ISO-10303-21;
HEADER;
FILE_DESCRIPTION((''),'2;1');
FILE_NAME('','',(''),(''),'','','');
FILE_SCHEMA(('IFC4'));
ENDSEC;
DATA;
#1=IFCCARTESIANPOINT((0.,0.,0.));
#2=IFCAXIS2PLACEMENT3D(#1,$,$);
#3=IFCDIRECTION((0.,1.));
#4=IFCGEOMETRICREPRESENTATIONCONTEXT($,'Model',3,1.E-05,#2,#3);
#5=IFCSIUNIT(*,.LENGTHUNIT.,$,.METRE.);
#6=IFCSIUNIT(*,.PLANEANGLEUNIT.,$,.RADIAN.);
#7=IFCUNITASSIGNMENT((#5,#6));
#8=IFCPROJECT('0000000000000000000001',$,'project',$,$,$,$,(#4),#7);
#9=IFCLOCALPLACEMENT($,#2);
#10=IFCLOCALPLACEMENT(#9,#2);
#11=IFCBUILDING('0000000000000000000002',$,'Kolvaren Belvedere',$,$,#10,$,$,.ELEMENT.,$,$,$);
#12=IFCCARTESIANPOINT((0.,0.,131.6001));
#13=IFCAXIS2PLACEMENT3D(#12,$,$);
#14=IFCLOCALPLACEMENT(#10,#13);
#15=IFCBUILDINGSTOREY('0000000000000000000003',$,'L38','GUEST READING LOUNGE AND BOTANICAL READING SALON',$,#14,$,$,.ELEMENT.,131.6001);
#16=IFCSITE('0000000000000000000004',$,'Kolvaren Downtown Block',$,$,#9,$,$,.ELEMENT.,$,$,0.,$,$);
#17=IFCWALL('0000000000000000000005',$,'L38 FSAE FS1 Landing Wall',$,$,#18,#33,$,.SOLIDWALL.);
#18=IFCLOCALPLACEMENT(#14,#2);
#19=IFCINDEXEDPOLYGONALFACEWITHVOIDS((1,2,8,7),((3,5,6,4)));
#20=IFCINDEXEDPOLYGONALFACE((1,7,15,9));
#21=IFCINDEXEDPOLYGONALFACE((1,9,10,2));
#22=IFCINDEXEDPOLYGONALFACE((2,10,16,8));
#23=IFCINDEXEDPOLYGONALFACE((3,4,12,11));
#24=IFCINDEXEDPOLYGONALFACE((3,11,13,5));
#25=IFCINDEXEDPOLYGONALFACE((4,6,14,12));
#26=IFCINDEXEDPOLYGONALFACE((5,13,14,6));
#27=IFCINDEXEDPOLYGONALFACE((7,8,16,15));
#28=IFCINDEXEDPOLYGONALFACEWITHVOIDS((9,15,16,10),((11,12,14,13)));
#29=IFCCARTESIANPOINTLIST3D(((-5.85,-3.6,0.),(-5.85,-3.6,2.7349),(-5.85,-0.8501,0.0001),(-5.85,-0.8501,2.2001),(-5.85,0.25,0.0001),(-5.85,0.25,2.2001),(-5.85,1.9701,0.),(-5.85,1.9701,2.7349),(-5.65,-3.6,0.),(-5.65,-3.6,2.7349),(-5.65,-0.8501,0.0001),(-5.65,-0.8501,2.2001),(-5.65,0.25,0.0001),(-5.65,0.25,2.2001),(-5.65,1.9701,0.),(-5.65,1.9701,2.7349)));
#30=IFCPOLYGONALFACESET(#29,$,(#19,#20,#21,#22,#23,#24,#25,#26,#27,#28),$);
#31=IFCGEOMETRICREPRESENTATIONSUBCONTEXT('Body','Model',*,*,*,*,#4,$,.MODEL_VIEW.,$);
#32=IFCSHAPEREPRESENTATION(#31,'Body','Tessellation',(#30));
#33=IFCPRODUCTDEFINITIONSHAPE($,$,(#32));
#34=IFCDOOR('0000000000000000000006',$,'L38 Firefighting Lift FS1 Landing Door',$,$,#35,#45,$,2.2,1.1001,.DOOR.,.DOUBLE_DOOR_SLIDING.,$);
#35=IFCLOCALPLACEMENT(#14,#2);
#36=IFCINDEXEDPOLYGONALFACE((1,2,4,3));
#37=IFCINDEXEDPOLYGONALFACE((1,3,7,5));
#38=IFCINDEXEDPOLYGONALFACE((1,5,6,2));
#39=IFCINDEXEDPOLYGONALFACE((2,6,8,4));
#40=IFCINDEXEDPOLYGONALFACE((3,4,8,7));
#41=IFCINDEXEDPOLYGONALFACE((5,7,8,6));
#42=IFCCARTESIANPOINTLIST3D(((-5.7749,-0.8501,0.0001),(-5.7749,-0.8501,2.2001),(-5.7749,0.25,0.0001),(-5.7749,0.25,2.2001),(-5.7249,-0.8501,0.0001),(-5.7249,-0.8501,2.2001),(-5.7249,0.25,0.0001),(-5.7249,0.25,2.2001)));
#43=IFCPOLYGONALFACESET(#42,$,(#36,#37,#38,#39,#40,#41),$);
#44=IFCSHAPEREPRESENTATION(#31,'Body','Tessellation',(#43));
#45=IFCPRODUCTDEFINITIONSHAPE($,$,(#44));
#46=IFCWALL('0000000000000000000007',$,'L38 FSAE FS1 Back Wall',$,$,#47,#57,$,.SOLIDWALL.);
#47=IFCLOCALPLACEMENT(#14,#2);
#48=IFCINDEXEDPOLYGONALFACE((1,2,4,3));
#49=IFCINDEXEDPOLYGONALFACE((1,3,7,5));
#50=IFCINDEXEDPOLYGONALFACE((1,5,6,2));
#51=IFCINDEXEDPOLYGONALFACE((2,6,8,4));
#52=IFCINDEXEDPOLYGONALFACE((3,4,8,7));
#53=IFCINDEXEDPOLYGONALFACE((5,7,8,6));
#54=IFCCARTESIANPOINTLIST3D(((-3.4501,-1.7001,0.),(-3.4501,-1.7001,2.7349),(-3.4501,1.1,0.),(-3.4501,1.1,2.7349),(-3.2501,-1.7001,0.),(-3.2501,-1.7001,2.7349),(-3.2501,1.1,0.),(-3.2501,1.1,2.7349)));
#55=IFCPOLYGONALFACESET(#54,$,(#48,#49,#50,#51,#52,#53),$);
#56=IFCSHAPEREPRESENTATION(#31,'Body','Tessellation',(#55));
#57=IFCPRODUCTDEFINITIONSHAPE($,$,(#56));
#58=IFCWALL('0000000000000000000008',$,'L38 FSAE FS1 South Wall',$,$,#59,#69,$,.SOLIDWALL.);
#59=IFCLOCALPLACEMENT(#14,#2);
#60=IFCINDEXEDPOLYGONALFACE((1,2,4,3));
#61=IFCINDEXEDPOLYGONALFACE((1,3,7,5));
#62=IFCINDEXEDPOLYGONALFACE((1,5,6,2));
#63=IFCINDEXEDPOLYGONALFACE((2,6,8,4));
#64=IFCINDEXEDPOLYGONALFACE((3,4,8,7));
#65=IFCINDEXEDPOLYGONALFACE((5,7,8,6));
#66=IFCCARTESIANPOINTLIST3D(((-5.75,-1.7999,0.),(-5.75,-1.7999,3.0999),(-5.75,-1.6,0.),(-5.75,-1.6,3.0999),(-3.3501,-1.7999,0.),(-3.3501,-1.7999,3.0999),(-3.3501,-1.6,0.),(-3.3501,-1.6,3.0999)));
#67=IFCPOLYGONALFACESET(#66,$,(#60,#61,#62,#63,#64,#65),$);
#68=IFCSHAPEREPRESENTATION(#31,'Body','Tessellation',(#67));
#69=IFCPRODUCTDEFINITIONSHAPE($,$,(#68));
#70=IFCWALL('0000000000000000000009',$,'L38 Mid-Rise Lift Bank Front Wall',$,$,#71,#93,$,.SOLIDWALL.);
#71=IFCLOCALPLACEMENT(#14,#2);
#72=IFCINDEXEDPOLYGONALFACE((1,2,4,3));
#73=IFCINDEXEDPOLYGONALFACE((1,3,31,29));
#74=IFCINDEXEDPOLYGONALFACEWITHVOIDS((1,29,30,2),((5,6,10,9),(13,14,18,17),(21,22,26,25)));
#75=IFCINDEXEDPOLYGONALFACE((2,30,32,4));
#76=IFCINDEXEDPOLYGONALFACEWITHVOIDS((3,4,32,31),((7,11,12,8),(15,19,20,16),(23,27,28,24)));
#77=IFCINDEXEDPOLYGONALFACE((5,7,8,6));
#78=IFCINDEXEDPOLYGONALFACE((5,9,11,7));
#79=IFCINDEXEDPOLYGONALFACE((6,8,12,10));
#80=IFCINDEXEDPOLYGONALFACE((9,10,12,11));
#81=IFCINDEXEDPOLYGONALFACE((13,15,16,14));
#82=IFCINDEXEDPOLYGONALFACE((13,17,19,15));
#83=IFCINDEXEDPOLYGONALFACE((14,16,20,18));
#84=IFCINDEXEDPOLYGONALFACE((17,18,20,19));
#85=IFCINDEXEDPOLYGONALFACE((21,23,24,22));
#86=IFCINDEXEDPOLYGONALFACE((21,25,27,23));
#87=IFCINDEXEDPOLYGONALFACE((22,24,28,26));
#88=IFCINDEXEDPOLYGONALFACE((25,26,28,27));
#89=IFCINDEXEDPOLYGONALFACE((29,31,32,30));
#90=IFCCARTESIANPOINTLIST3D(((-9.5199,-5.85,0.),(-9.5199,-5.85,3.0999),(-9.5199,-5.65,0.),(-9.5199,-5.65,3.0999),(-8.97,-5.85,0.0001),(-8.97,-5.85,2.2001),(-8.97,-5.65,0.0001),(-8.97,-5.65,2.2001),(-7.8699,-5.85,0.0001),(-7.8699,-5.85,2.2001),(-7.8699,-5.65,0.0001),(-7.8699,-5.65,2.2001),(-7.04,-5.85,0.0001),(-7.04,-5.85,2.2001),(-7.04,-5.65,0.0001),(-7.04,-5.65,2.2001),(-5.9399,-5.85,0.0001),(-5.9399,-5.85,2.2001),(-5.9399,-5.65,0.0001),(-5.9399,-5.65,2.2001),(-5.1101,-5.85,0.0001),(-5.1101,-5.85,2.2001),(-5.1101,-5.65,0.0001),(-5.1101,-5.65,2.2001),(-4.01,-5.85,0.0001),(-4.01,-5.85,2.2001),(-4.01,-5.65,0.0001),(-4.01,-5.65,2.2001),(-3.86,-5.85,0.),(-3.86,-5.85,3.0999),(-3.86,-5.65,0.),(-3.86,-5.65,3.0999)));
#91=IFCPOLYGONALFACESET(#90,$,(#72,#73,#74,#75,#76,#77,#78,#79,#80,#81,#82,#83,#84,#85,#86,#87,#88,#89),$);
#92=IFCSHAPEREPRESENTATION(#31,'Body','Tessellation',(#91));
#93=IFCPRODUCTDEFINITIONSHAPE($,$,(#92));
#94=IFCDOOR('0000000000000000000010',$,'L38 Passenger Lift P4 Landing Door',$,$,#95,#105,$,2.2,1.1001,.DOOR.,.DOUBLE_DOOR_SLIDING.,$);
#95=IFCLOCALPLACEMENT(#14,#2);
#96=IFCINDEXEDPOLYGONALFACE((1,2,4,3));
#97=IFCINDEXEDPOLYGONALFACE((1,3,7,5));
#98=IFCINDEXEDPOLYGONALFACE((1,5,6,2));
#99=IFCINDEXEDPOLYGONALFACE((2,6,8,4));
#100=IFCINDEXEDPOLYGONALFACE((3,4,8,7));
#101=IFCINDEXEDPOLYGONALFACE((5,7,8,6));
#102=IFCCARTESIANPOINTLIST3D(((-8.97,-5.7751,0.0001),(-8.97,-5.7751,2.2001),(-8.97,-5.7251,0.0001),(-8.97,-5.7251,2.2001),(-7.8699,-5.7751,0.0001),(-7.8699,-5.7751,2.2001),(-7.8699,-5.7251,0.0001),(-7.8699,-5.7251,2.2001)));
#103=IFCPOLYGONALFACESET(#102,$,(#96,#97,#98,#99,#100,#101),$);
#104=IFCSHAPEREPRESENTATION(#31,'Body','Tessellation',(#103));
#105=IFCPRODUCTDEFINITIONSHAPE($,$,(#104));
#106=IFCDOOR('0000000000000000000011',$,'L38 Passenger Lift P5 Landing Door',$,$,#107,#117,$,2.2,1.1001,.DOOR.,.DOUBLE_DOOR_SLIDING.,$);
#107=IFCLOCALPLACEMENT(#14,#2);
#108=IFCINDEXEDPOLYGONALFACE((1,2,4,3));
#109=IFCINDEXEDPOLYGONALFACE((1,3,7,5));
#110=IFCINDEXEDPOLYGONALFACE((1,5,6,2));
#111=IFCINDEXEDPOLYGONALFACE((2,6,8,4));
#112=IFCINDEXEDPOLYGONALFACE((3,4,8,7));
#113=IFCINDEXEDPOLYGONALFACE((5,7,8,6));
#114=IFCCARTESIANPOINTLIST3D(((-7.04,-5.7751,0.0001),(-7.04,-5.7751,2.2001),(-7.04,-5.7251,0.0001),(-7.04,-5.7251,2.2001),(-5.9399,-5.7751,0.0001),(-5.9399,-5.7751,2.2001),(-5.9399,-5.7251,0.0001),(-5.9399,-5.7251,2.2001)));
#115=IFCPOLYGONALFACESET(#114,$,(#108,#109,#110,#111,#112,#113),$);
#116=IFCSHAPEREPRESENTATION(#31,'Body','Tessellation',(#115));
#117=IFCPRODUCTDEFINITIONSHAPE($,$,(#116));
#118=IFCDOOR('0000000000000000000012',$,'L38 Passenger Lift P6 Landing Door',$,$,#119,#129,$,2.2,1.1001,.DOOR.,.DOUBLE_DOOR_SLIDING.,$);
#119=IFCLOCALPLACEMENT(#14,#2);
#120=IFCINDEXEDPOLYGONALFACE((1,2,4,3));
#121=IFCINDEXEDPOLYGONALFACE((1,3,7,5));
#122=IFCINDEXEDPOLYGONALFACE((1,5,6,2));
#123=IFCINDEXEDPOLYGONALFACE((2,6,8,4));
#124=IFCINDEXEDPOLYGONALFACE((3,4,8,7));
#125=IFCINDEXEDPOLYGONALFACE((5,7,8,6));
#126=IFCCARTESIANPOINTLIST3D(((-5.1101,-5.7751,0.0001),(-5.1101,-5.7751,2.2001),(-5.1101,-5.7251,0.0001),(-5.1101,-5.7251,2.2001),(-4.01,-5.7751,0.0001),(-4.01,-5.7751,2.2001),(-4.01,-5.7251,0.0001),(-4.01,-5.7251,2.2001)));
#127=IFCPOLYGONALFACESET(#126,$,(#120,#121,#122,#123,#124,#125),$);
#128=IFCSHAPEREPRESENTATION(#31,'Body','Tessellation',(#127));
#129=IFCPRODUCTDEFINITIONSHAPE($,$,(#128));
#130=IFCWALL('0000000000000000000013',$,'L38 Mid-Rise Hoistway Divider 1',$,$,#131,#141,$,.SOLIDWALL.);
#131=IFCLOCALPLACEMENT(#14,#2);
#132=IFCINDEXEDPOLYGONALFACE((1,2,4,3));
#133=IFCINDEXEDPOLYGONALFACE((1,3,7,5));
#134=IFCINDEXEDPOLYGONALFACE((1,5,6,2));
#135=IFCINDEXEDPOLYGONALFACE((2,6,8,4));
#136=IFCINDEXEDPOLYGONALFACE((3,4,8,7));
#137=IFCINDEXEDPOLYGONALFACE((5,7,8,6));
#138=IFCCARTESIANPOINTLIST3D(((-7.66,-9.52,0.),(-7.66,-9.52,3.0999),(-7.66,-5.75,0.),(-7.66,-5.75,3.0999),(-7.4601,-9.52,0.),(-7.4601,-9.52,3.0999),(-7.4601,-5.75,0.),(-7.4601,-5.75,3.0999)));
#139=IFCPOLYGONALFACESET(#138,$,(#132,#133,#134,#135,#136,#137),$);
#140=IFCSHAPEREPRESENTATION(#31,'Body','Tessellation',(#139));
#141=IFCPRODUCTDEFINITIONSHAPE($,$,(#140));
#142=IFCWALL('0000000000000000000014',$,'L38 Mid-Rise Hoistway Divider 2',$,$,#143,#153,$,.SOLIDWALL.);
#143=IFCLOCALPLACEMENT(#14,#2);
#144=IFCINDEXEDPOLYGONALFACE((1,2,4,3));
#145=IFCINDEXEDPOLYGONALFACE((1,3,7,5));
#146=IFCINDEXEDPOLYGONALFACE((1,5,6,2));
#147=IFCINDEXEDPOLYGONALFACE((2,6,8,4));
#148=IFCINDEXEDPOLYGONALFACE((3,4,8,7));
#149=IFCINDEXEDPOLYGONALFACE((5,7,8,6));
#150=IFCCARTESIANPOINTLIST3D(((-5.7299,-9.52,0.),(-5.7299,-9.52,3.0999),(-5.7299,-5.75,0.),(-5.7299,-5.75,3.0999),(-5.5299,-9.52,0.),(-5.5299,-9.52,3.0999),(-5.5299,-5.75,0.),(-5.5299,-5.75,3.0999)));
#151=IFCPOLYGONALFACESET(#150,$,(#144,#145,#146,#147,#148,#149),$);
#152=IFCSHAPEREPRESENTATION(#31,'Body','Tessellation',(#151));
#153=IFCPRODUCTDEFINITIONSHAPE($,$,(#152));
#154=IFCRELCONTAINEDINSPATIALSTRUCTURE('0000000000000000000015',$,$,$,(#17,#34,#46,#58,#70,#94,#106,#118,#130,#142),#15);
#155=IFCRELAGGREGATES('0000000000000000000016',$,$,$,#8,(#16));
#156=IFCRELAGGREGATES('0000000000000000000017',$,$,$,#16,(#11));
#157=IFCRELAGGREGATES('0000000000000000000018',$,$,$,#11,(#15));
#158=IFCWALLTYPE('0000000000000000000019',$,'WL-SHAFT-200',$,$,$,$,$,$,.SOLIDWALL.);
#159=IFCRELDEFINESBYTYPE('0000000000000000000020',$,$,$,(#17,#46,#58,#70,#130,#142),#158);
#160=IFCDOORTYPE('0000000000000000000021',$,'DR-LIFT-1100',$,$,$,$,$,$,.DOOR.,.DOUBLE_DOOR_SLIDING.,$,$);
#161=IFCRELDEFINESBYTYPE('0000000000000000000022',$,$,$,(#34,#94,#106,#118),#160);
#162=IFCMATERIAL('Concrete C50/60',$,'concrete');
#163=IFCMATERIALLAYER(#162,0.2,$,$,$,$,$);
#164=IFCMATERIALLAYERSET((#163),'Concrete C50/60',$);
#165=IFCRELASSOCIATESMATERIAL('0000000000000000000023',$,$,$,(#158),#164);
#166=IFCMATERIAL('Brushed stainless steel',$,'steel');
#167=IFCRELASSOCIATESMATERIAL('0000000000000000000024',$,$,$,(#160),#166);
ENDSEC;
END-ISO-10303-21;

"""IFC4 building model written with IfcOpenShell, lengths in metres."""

from ifc_helpers import new_model, si_unit, direction, frame, frame_2d, origin, place, context, subcontext, project, spatial, rectangle, extrude, material, layer, layer_set, type_object, element, fill, save


model = new_model("IFC4")

# Units and contexts
model_context = context("Model", 3, precision=1e-05, world=origin(), true_north=direction((0.0, 1.0)))
body_context = subcontext(model_context, "Body", "Model", "MODEL_VIEW")
ifc_project = project(units=[si_unit("LENGTHUNIT", "METRE"), si_unit("PLANEANGLEUNIT", "RADIAN")], contexts=[model_context])

# Site, building, storey
site_placement = place(None, origin())
site = spatial("IfcSite", under=ifc_project, at=site_placement, Name="Kolvaren Downtown Block", CompositionType="ELEMENT", RefElevation=0.0)
building_placement = place(site_placement, origin())
building = spatial("IfcBuilding", under=site, at=building_placement, Name="Kolvaren Belvedere", CompositionType="ELEMENT")
storey_placement = place(building_placement, frame((0.0, 0.0, 131.6001)))
storey = spatial("IfcBuildingStorey", under=building, at=storey_placement, Name="L38", Description="GUEST READING LOUNGE AND BOTANICAL READING SALON", CompositionType="ELEMENT", Elevation=131.6001)

# Wall, opening, door
ifc_material_1 = material(Name="Concrete C50/60", Category="concrete")
ifc_layer_1 = layer(ifc_material_1, 0.2)
ifc_layer_set_1 = layer_set([ifc_layer_1], Name="Concrete C50/60")
wall_type_1 = type_object("IfcWallType", Name="WL-SHAFT-200", PredefinedType="SOLIDWALL", material=ifc_layer_set_1)
wall_1_placement = place(storey_placement, frame((-5.75, -3.6001, 0.0), z_axis=(0.0, 0.0, 1.0), x_axis=(0.0, 1.0, 0.0)))
wall_1 = element("IfcWall", 1, at=wall_1_placement, inside=storey, type_object=wall_type_1, Name="L38 FSAE FS1 Landing Wall", PredefinedType="SOLIDWALL", context=body_context, shape_type="SweptSolid", body=[
    extrude(rectangle(XDim=5.5701, YDim=0.2, at=frame_2d((2.7852, 0.0))), origin(), (0.0, 0.0, 1.0), 2.7349),
])
opening_1_placement = place(wall_1_placement, frame((2.75, 0.0, 0.0)))
opening_1 = element("IfcOpeningElement", 2, at=opening_1_placement, cuts=wall_1, PredefinedType="OPENING", context=body_context, shape_type="SweptSolid", body=[
    extrude(rectangle(XDim=1.1001, YDim=2.2, at=frame_2d((0.55, 1.1001))), frame((0.0, 0.1099, 0.0), z_axis=(0.0, -1.0, 0.0), x_axis=(1.0, 0.0, 0.0)), (0.0, 0.0, 1.0), 0.22),
])
ifc_material_2 = material(Name="Brushed stainless steel", Category="steel")
door_type_1 = type_object("IfcDoorType", Name="DR-LIFT-1100", OperationType="DOUBLE_DOOR_SLIDING", PredefinedType="DOOR", material=ifc_material_2)
door_1_placement = place(opening_1_placement, origin())
door_1 = element("IfcDoor", 3, at=door_1_placement, inside=storey, type_object=door_type_1, Name="L38 Firefighting Lift FS1 Landing Door", OperationType="DOUBLE_DOOR_SLIDING", OverallHeight=2.2, OverallWidth=1.1001, PredefinedType="DOOR", context=body_context, shape_type="SweptSolid", body=[
    extrude(rectangle(XDim=1.1001, YDim=2.2, at=frame_2d((0.55, 1.1001))), frame((0.0, 0.0249, 0.0), z_axis=(0.0, -1.0, 0.0), x_axis=(1.0, 0.0, 0.0)), (0.0, 0.0, 1.0), 0.05),
])
fill(opening_1, door_1)

# Walls
wall_2_placement = place(storey_placement, frame((-3.3501, -1.7, 0.0), z_axis=(0.0, 0.0, 1.0), x_axis=(0.0, 1.0, 0.0)))
element("IfcWall", 4, at=wall_2_placement, inside=storey, type_object=wall_type_1, Name="L38 FSAE FS1 Back Wall", PredefinedType="SOLIDWALL", context=body_context, shape_type="SweptSolid", body=[
    extrude(rectangle(XDim=2.8, YDim=0.2, at=frame_2d((1.3999, 0.0))), origin(), (0.0, 0.0, 1.0), 2.7349),
])
wall_3_placement = place(storey_placement, frame((-5.75, -1.7, 0.0), z_axis=(0.0, 0.0, 1.0), x_axis=(1.0, 0.0, 0.0)))
element("IfcWall", 5, at=wall_3_placement, inside=storey, type_object=wall_type_1, Name="L38 FSAE FS1 South Wall", PredefinedType="SOLIDWALL", context=body_context, shape_type="SweptSolid", body=[
    extrude(rectangle(XDim=2.3999, YDim=0.2, at=frame_2d((1.2, 0.0))), origin(), (0.0, 0.0, 1.0), 3.0999),
])

# Wall, openings, doors
wall_4_placement = place(storey_placement, frame((-9.52, -5.75, 0.0), z_axis=(0.0, 0.0, 1.0), x_axis=(1.0, 0.0, 0.0)))
wall_4 = element("IfcWall", 6, at=wall_4_placement, inside=storey, type_object=wall_type_1, Name="L38 Mid-Rise Lift Bank Front Wall", PredefinedType="SOLIDWALL", context=body_context, shape_type="SweptSolid", body=[
    extrude(rectangle(XDim=5.6599, YDim=0.2, at=frame_2d((2.8301, 0.0))), origin(), (0.0, 0.0, 1.0), 3.0999),
])
opening_2_placement = place(wall_4_placement, frame((0.55, 0.0, 0.0)))
opening_2 = element("IfcOpeningElement", 7, at=opening_2_placement, cuts=wall_4, PredefinedType="OPENING", context=body_context, shape_type="SweptSolid", body=[
    extrude(rectangle(XDim=1.1001, YDim=2.2, at=frame_2d((0.55, 1.1001))), frame((0.0, 0.1099, 0.0), z_axis=(0.0, -1.0, 0.0), x_axis=(1.0, 0.0, 0.0)), (0.0, 0.0, 1.0), 0.22),
])
opening_3_placement = place(wall_4_placement, frame((2.48, 0.0, 0.0)))
opening_3 = element("IfcOpeningElement", 8, at=opening_3_placement, cuts=wall_4, PredefinedType="OPENING", context=body_context, shape_type="SweptSolid", body=[
    extrude(rectangle(XDim=1.1001, YDim=2.2, at=frame_2d((0.55, 1.1001))), frame((0.0, 0.1099, 0.0), z_axis=(0.0, -1.0, 0.0), x_axis=(1.0, 0.0, 0.0)), (0.0, 0.0, 1.0), 0.22),
])
opening_4_placement = place(wall_4_placement, frame((4.4099, 0.0, 0.0)))
opening_4 = element("IfcOpeningElement", 9, at=opening_4_placement, cuts=wall_4, PredefinedType="OPENING", context=body_context, shape_type="SweptSolid", body=[
    extrude(rectangle(XDim=1.1001, YDim=2.2, at=frame_2d((0.55, 1.1001))), frame((0.0, 0.1099, 0.0), z_axis=(0.0, -1.0, 0.0), x_axis=(1.0, 0.0, 0.0)), (0.0, 0.0, 1.0), 0.22),
])
door_2_placement = place(opening_2_placement, origin())
door_2 = element("IfcDoor", 10, at=door_2_placement, inside=storey, type_object=door_type_1, Name="L38 Passenger Lift P4 Landing Door", OperationType="DOUBLE_DOOR_SLIDING", OverallHeight=2.2, OverallWidth=1.1001, PredefinedType="DOOR", context=body_context, shape_type="SweptSolid", body=[
    extrude(rectangle(XDim=1.1001, YDim=2.2, at=frame_2d((0.55, 1.1001))), frame((0.0, 0.0249, 0.0), z_axis=(0.0, -1.0, 0.0), x_axis=(1.0, 0.0, 0.0)), (0.0, 0.0, 1.0), 0.05),
])
fill(opening_2, door_2)
door_3_placement = place(opening_3_placement, origin())
door_3 = element("IfcDoor", 11, at=door_3_placement, inside=storey, type_object=door_type_1, Name="L38 Passenger Lift P5 Landing Door", OperationType="DOUBLE_DOOR_SLIDING", OverallHeight=2.2, OverallWidth=1.1001, PredefinedType="DOOR", context=body_context, shape_type="SweptSolid", body=[
    extrude(rectangle(XDim=1.1001, YDim=2.2, at=frame_2d((0.55, 1.1001))), frame((0.0, 0.0249, 0.0), z_axis=(0.0, -1.0, 0.0), x_axis=(1.0, 0.0, 0.0)), (0.0, 0.0, 1.0), 0.05),
])
fill(opening_3, door_3)
door_4_placement = place(opening_4_placement, origin())
door_4 = element("IfcDoor", 12, at=door_4_placement, inside=storey, type_object=door_type_1, Name="L38 Passenger Lift P6 Landing Door", OperationType="DOUBLE_DOOR_SLIDING", OverallHeight=2.2, OverallWidth=1.1001, PredefinedType="DOOR", context=body_context, shape_type="SweptSolid", body=[
    extrude(rectangle(XDim=1.1001, YDim=2.2, at=frame_2d((0.55, 1.1001))), frame((0.0, 0.0249, 0.0), z_axis=(0.0, -1.0, 0.0), x_axis=(1.0, 0.0, 0.0)), (0.0, 0.0, 1.0), 0.05),
])
fill(opening_4, door_4)

# Walls
for number, where, z_axis, x_axis, name in (
    (13, (-7.5601, -9.52, 0.0), (0.0, 0.0, 1.0), (0.0, 1.0, 0.0), "L38 Mid-Rise Hoistway Divider 1"),
    (14, (-5.6299, -9.52, 0.0), (0.0, 0.0, 1.0), (0.0, 1.0, 0.0), "L38 Mid-Rise Hoistway Divider 2"),
):
    element("IfcWall", number, at=place(storey_placement, frame(where, z_axis=z_axis, x_axis=x_axis)), inside=storey, type_object=wall_type_1, Name=name, PredefinedType="SOLIDWALL", context=body_context, shape_type="SweptSolid", body=[
        extrude(rectangle(XDim=3.77, YDim=0.2, at=frame_2d((1.885, 0.0))), origin(), (0.0, 0.0, 1.0), 3.0999),
    ])

save(model, "model.ifc")
